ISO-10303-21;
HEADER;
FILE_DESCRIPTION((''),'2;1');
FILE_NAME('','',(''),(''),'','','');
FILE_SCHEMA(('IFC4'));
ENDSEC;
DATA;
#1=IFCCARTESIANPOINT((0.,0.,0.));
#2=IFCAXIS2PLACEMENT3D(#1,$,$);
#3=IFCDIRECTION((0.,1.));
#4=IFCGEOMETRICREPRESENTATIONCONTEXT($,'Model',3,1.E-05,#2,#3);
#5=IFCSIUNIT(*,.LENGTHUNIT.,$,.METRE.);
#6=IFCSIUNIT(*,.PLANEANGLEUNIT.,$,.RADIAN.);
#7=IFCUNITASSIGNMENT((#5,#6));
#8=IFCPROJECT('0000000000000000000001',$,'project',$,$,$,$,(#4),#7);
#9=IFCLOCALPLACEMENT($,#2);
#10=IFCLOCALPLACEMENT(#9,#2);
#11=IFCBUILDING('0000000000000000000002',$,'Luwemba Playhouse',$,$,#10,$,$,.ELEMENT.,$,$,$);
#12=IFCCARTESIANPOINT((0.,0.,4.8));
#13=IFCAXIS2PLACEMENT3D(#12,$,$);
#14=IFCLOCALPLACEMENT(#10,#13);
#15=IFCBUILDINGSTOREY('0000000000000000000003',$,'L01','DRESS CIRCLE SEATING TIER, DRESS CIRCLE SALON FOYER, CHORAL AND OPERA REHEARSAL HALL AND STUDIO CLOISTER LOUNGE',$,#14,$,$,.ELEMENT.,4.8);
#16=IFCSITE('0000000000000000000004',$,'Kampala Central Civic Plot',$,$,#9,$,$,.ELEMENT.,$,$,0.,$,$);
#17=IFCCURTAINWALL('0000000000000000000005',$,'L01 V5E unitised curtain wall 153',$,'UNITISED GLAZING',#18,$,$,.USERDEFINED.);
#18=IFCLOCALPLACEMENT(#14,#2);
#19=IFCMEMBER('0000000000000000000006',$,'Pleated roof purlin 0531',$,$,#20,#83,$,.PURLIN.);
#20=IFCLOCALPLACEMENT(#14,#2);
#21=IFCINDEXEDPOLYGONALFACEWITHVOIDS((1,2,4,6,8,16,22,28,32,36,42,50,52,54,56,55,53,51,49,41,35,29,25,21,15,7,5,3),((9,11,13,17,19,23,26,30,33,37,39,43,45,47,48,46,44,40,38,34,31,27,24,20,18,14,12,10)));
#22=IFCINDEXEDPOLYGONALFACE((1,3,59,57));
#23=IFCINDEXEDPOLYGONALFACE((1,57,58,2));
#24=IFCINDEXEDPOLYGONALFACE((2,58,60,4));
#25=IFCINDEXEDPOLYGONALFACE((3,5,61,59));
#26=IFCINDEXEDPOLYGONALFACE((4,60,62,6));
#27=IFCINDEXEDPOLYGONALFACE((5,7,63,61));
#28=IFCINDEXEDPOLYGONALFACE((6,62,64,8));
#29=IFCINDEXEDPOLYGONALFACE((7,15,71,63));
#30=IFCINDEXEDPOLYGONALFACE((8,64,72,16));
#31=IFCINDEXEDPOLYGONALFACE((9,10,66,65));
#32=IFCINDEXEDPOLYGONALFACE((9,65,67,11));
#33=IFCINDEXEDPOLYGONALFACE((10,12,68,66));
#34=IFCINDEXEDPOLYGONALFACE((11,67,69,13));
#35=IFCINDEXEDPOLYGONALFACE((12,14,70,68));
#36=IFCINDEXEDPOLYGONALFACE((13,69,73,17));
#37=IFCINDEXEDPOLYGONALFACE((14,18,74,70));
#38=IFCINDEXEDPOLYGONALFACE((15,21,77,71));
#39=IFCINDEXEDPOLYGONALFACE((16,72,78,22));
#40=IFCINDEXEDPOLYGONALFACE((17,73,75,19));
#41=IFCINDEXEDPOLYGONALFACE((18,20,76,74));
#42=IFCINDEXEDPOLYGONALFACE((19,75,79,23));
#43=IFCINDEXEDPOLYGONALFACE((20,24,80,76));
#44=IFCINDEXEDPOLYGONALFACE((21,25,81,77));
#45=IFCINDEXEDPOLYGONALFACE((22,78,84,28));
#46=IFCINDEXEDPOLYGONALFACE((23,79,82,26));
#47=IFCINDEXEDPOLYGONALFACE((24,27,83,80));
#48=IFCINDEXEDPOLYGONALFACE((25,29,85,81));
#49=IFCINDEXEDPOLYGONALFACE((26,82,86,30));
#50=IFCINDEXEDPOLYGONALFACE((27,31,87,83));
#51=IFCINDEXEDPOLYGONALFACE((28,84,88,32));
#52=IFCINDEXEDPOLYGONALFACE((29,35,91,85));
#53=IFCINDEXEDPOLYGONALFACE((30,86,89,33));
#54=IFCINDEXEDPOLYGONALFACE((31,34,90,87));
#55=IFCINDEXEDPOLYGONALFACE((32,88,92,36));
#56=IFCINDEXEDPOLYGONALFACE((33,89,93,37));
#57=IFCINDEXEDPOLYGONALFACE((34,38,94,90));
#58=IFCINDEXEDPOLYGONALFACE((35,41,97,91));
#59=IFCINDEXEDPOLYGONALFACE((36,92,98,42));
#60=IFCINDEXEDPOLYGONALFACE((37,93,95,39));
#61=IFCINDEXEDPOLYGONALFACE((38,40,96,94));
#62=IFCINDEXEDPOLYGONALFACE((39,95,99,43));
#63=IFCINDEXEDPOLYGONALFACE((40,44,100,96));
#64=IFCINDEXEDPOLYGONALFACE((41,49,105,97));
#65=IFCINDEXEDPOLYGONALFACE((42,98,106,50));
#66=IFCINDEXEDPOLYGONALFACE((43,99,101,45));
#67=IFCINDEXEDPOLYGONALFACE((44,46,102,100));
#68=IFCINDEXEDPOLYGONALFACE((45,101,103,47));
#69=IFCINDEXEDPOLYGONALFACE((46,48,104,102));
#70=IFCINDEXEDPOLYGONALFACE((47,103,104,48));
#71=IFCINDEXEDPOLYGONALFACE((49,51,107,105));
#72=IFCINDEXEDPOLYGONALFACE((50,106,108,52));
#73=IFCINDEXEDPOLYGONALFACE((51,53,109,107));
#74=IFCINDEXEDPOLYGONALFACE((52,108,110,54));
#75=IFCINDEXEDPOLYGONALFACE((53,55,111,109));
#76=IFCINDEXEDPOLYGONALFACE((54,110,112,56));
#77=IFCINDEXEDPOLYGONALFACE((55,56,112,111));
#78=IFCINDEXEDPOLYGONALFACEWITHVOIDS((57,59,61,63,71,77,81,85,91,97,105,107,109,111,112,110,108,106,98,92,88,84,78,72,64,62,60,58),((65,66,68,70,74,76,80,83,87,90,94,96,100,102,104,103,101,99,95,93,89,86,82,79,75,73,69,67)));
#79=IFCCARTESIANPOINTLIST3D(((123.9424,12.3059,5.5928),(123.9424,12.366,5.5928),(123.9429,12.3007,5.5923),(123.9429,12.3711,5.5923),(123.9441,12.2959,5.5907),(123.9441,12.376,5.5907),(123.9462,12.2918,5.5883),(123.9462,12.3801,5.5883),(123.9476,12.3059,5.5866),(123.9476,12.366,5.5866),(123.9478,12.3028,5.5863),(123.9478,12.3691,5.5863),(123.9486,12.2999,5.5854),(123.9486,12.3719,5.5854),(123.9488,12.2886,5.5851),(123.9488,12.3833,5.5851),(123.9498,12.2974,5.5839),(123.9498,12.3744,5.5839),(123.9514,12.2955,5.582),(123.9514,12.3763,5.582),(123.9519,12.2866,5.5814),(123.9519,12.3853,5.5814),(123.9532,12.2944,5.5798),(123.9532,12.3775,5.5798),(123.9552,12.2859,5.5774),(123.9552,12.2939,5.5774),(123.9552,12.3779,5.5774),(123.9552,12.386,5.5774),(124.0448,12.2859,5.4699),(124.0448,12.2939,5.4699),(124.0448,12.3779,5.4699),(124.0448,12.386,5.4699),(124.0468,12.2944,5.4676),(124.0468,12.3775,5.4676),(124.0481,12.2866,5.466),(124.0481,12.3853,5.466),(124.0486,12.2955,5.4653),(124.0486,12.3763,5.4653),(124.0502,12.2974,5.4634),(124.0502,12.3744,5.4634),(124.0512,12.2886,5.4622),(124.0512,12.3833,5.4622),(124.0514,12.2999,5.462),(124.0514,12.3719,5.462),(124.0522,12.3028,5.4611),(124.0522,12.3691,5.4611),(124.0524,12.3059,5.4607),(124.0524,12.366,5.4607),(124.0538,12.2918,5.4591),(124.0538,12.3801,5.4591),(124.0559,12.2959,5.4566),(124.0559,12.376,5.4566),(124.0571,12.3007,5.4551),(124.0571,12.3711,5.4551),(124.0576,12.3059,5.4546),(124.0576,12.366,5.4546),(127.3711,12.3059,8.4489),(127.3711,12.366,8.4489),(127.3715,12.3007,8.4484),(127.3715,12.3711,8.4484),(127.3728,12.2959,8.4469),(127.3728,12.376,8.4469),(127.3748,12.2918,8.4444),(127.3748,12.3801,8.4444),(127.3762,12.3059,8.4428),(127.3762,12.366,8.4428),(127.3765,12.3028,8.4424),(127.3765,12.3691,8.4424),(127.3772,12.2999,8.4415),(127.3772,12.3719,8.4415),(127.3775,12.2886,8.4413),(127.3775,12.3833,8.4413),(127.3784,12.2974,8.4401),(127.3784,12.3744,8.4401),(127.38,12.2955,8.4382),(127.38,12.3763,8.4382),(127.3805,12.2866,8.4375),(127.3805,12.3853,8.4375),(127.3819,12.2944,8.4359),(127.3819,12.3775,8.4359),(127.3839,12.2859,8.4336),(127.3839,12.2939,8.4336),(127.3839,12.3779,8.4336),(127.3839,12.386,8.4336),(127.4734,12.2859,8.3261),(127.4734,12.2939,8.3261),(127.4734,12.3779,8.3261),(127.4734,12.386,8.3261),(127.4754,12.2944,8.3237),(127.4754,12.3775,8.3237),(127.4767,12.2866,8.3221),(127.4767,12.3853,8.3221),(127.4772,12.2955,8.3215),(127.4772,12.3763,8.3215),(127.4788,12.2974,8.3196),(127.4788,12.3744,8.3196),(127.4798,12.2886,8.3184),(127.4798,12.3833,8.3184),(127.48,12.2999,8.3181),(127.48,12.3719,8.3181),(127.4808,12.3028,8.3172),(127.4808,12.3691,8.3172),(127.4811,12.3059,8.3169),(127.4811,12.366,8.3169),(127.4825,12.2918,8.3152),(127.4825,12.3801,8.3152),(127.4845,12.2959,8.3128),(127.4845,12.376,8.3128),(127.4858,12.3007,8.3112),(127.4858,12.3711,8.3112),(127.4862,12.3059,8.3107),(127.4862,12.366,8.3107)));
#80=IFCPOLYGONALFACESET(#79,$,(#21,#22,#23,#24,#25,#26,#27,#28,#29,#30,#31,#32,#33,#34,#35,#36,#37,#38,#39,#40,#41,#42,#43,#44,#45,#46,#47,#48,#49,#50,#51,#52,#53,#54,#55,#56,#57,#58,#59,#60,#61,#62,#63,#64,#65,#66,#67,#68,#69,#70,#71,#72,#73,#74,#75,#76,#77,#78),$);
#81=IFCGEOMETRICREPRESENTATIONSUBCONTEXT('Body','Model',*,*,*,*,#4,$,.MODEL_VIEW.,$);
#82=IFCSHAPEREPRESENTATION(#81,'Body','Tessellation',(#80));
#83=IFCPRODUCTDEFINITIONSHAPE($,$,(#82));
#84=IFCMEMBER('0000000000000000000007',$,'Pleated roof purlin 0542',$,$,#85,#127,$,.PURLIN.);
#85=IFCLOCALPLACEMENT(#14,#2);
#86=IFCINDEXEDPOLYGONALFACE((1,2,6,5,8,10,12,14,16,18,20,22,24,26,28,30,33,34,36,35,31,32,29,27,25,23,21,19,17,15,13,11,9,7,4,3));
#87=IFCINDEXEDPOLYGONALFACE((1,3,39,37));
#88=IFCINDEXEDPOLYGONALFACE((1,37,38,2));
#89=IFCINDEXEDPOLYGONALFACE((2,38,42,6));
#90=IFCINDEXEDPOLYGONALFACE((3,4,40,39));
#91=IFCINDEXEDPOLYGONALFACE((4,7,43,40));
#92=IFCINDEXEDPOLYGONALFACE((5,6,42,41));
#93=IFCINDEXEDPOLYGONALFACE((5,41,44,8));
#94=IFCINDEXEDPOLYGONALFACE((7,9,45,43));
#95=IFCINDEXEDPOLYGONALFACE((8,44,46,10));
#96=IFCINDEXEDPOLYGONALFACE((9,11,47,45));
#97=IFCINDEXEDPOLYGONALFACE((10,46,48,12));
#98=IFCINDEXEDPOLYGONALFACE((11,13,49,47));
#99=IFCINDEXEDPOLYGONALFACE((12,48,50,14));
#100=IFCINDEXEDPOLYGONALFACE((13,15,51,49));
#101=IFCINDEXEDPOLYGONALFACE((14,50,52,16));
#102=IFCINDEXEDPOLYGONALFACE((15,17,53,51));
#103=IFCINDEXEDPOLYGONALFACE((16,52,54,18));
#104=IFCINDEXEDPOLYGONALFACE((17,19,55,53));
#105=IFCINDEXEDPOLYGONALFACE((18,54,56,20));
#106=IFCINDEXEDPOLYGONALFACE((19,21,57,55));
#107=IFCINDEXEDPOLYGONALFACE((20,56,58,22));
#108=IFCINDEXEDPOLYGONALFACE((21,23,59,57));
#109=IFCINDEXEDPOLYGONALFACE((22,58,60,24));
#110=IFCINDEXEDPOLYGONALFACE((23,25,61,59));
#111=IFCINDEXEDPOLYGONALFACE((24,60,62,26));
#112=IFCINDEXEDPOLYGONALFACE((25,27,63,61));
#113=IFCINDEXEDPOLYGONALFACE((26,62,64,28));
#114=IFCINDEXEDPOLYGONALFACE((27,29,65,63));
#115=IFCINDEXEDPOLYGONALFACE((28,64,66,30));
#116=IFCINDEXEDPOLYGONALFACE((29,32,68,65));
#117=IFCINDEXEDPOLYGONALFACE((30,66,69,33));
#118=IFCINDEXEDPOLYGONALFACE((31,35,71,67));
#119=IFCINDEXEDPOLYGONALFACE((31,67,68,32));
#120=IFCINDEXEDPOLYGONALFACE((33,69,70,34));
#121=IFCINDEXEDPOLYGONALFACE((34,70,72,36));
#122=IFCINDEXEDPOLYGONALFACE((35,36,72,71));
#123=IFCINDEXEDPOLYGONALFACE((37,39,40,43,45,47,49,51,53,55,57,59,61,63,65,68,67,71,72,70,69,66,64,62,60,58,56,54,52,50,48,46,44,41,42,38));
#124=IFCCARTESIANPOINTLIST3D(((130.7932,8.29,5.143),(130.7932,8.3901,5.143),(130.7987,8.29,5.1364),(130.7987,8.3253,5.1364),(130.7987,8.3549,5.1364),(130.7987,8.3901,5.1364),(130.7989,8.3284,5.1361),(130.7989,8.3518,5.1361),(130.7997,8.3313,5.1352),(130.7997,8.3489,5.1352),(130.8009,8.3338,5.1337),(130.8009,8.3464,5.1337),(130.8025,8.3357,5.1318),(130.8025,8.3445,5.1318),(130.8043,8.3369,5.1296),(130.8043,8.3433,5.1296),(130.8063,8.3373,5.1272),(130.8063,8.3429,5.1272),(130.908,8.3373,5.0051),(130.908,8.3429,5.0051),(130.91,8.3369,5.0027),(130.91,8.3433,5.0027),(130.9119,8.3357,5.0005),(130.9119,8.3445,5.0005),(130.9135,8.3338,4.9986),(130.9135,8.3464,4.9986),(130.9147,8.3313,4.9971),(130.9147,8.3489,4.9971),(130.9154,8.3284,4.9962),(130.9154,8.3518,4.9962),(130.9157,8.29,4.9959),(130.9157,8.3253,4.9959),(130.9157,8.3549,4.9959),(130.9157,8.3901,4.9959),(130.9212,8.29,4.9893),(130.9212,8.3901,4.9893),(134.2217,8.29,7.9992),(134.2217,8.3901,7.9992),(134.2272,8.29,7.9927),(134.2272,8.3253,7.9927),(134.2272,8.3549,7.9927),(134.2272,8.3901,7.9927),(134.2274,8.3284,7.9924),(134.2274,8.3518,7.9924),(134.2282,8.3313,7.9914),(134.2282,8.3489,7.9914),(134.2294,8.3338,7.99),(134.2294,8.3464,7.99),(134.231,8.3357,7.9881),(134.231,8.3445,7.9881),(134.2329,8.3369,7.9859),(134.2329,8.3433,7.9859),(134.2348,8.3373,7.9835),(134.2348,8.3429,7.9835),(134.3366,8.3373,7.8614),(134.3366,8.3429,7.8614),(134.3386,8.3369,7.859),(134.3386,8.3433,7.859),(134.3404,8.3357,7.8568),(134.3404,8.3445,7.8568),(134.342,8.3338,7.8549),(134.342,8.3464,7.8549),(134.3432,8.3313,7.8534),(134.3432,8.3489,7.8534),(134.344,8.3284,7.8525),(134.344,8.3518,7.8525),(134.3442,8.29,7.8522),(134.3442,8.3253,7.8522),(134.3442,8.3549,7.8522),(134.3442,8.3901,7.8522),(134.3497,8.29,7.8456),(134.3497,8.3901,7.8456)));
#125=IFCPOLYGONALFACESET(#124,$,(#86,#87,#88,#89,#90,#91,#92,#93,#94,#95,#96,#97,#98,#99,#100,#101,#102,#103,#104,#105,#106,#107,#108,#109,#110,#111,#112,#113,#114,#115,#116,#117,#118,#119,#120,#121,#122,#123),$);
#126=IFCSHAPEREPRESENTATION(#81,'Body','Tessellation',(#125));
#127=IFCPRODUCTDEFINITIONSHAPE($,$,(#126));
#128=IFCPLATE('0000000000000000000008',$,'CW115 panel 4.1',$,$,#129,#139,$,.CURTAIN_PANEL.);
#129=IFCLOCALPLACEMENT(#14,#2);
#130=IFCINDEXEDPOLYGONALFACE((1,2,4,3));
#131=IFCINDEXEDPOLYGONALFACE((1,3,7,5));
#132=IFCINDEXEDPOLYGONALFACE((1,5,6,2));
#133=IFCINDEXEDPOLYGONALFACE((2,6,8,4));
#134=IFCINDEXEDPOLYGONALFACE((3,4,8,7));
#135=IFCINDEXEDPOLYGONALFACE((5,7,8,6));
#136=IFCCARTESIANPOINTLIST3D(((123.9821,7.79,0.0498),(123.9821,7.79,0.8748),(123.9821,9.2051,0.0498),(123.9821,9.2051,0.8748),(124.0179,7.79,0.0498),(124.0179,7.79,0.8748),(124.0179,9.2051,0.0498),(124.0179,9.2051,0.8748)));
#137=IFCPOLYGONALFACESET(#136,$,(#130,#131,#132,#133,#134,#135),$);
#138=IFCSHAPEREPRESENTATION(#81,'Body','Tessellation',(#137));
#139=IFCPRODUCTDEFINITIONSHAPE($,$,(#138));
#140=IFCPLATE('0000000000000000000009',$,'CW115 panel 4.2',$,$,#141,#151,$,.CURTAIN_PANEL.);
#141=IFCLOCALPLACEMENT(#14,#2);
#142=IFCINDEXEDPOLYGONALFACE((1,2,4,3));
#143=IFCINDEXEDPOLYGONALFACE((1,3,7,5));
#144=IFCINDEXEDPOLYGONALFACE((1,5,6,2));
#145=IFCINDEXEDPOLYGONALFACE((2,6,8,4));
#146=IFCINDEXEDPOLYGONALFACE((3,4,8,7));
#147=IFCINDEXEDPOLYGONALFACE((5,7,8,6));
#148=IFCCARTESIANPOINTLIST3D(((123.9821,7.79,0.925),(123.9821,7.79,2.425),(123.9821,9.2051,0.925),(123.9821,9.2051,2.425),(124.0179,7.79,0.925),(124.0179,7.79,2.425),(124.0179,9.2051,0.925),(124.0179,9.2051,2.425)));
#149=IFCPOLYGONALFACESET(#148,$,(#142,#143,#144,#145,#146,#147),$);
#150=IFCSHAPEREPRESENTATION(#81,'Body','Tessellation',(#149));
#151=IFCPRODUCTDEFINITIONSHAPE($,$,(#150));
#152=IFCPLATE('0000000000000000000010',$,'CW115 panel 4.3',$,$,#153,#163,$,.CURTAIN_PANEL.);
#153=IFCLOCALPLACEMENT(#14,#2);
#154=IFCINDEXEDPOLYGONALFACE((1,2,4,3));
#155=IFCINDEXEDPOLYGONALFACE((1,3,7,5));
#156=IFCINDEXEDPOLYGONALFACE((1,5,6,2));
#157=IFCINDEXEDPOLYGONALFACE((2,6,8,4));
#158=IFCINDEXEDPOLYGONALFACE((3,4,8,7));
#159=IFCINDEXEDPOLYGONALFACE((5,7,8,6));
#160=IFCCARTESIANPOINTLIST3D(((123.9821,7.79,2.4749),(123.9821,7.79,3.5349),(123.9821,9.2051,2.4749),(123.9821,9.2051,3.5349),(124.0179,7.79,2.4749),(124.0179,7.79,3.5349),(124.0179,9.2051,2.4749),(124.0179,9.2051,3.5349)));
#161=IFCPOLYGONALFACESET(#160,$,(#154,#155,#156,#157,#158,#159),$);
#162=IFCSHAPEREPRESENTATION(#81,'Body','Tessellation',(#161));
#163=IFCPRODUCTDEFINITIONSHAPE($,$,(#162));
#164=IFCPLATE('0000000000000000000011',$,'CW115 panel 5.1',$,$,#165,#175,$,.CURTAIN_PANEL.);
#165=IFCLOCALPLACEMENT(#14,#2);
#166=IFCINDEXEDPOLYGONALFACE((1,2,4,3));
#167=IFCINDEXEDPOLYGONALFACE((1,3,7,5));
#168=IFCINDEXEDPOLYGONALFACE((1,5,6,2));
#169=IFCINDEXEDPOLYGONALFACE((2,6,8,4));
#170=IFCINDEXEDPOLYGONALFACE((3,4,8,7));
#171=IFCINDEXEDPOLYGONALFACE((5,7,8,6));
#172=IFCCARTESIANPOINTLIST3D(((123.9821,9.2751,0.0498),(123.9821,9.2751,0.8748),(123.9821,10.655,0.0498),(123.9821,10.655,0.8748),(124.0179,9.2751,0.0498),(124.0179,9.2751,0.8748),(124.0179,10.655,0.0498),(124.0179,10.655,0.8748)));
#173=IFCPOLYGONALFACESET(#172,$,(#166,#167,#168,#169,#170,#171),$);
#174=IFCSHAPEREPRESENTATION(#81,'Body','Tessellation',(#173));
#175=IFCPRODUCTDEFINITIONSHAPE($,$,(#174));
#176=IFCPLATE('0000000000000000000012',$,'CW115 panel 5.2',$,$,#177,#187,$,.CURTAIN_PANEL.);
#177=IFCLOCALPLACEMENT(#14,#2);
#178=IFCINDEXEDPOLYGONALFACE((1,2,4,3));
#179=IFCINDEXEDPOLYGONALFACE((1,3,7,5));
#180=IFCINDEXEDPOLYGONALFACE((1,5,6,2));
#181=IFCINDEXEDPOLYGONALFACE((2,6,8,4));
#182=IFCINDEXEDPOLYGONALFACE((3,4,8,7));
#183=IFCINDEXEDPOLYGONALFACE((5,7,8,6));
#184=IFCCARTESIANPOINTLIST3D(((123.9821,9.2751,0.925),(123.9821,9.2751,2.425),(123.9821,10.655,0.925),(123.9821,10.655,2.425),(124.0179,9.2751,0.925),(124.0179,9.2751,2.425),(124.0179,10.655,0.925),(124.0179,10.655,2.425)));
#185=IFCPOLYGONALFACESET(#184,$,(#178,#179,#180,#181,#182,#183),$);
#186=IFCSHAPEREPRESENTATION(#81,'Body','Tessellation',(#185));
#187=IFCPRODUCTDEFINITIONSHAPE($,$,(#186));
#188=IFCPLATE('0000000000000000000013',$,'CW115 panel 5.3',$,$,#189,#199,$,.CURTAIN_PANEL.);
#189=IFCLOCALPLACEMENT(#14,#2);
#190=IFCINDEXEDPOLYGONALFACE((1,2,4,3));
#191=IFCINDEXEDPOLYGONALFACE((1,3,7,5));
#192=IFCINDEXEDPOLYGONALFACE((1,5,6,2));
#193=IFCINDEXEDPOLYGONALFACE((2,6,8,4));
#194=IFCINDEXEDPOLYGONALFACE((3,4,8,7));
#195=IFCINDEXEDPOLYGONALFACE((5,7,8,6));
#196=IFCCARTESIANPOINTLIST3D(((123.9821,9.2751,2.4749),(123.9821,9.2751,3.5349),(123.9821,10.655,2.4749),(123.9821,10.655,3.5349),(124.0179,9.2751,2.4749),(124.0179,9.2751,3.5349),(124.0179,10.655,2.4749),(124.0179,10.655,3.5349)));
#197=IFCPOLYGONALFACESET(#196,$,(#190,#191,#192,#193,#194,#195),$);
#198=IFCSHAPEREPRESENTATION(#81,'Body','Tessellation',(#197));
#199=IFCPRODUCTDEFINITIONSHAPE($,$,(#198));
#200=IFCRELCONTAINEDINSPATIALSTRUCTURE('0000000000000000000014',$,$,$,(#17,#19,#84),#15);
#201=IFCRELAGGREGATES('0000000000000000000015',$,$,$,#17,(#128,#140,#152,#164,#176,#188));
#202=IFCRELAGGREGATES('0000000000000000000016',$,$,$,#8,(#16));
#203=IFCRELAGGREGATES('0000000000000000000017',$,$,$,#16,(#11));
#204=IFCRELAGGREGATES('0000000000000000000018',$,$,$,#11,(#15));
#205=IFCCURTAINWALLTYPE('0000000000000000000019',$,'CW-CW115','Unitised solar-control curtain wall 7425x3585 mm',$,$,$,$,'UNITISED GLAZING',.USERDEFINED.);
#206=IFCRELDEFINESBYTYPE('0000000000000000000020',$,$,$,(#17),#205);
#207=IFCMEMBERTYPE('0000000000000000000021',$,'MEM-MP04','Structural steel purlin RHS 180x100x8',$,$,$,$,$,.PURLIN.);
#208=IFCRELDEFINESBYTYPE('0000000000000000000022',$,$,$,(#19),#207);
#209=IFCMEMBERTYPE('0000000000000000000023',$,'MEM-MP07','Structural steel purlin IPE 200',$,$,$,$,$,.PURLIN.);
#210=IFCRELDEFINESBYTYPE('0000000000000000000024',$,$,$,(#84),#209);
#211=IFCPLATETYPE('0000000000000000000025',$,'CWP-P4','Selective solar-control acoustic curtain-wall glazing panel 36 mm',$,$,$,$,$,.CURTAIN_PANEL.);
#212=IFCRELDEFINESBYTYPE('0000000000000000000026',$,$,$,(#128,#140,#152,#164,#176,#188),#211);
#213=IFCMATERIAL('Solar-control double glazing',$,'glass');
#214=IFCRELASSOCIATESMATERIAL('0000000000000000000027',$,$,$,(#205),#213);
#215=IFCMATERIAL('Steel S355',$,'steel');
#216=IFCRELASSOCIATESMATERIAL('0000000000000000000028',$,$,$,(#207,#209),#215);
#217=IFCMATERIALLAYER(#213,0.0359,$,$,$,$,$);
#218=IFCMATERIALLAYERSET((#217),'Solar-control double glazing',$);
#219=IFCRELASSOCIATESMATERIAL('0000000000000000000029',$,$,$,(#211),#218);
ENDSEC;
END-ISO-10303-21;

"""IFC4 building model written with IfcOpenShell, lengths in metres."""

from ifc_helpers import new_model, si_unit, direction, frame, origin, origin_2d, place, context, subcontext, project, spatial, rectangle, hollow_rectangle, i_section, extrude, material, layer, layer_set, material_profile, profile_set, type_object, element, aggregate, save


model = new_model("IFC4")

# Units and contexts
model_context = context("Model", 3, precision=1e-05, world=origin(), true_north=direction((0.0, 1.0)))
body_context = subcontext(model_context, "Body", "Model", "MODEL_VIEW")
ifc_project = project(units=[si_unit("LENGTHUNIT", "METRE"), si_unit("PLANEANGLEUNIT", "RADIAN")], contexts=[model_context])

# Site, building, storey
site_placement = place(None, origin())
site = spatial("IfcSite", under=ifc_project, at=site_placement, Name="Kampala Central Civic Plot", CompositionType="ELEMENT", RefElevation=0.0)
building_placement = place(site_placement, origin())
building = spatial("IfcBuilding", under=site, at=building_placement, Name="Luwemba Playhouse", CompositionType="ELEMENT")
storey_placement = place(building_placement, frame((0.0, 0.0, 4.8)))
storey = spatial("IfcBuildingStorey", under=building, at=storey_placement, Name="L01", Description="DRESS CIRCLE SEATING TIER, DRESS CIRCLE SALON FOYER, CHORAL AND OPERA REHEARSAL HALL AND STUDIO CLOISTER LOUNGE", CompositionType="ELEMENT", Elevation=4.8)

# Shared definitions
ifc_material_1 = material(Name="Steel S355", Category="steel")

# Curtain wall
ifc_material_2 = material(Name="Solar-control double glazing", Category="glass")
curtain_wall_type = type_object("IfcCurtainWallType", Name="CW-CW115", Description="Unitised solar-control curtain wall 7425x3585 mm", ElementType="UNITISED GLAZING", PredefinedType="USERDEFINED", material=ifc_material_2)
curtain_wall_placement = place(storey_placement, origin())
curtain_wall = element("IfcCurtainWall", 1, at=curtain_wall_placement, inside=storey, type_object=curtain_wall_type, Name="L01 V5E unitised curtain wall 153", ObjectType="UNITISED GLAZING", PredefinedType="USERDEFINED")

# Members
ifc_material_profile_1 = material_profile(ifc_material_1, hollow_rectangle(XDim=0.1001, YDim=0.1799, WallThickness=0.0081, InnerFilletRadius=0.012, OuterFilletRadius=0.02, at=origin_2d()))
ifc_profile_set_1 = profile_set([ifc_material_profile_1], Name="Steel S355")
member_type_1 = type_object("IfcMemberType", Name="MEM-MP04", Description="Structural steel purlin RHS 180x100x8", PredefinedType="PURLIN", material=ifc_profile_set_1)
member_1_placement = place(storey_placement, frame((124.0, 12.3359, 5.5237), z_axis=(0.768338, 0.0, 0.640044), x_axis=(0.0, 1.0, 0.0)))
element("IfcMember", 2, at=member_1_placement, inside=storey, type_object=member_type_1, Name="Pleated roof purlin 0531", PredefinedType="PURLIN", context=body_context, shape_type="SweptSolid", body=[
    extrude(hollow_rectangle(XDim=0.1001, YDim=0.1799, WallThickness=0.0081, InnerFilletRadius=0.012, OuterFilletRadius=0.02, at=origin_2d()), origin(), (0.0, 0.0, 1.0), 4.4624),
])
ifc_material_profile_2 = material_profile(ifc_material_1, i_section(OverallWidth=0.1001, OverallDepth=0.2, WebThickness=0.0056, FlangeThickness=0.0085, FilletRadius=0.012, at=origin_2d()))
ifc_profile_set_2 = profile_set([ifc_material_profile_2], Name="Steel S355")
member_type_2 = type_object("IfcMemberType", Name="MEM-MP07", Description="Structural steel purlin IPE 200", PredefinedType="PURLIN", material=ifc_profile_set_2)
member_2_placement = place(storey_placement, frame((130.8572, 8.3401, 5.0662), z_axis=(0.768315, 0.0, 0.640071), x_axis=(0.0, 1.0, 0.0)))
element("IfcMember", 3, at=member_2_placement, inside=storey, type_object=member_type_2, Name="Pleated roof purlin 0542", PredefinedType="PURLIN", context=body_context, shape_type="SweptSolid", body=[
    extrude(i_section(OverallWidth=0.1001, OverallDepth=0.2, WebThickness=0.0056, FlangeThickness=0.0085, FilletRadius=0.012, at=origin_2d()), origin(), (0.0, 0.0, 1.0), 4.4624),
])

# Plates
ifc_layer_1 = layer(ifc_material_2, 0.0359)
ifc_layer_set_1 = layer_set([ifc_layer_1], Name="Solar-control double glazing")
plate_type = type_object("IfcPlateType", Name="CWP-P4", Description="Selective solar-control acoustic curtain-wall glazing panel 36 mm", PredefinedType="CURTAIN_PANEL", material=ifc_layer_set_1)
plate_1_placement = place(storey_placement, frame((124.0, 8.4976, 0.0498), z_axis=(0.0, 0.0, 1.0), x_axis=(0.0, 1.0, 0.0)))
plate_1 = element("IfcPlate", 4, at=plate_1_placement, type_object=plate_type, Name="CW115 panel 4.1", PredefinedType="CURTAIN_PANEL", context=body_context, shape_type="SweptSolid", body=[
    extrude(rectangle(XDim=1.415, YDim=0.0359, at=origin_2d()), origin(), (0.0, 0.0, 1.0), 0.825),
])
plate_2_placement = place(storey_placement, frame((124.0, 8.4976, 0.925), z_axis=(0.0, 0.0, 1.0), x_axis=(0.0, 1.0, 0.0)))
plate_2 = element("IfcPlate", 5, at=plate_2_placement, type_object=plate_type, Name="CW115 panel 4.2", PredefinedType="CURTAIN_PANEL", context=body_context, shape_type="SweptSolid", body=[
    extrude(rectangle(XDim=1.415, YDim=0.0359, at=origin_2d()), origin(), (0.0, 0.0, 1.0), 1.5),
])
plate_3_placement = place(storey_placement, frame((124.0, 8.4976, 2.4749), z_axis=(0.0, 0.0, 1.0), x_axis=(0.0, 1.0, 0.0)))
plate_3 = element("IfcPlate", 6, at=plate_3_placement, type_object=plate_type, Name="CW115 panel 4.3", PredefinedType="CURTAIN_PANEL", context=body_context, shape_type="SweptSolid", body=[
    extrude(rectangle(XDim=1.415, YDim=0.0359, at=origin_2d()), origin(), (0.0, 0.0, 1.0), 1.0601),
])
plate_4_placement = place(storey_placement, frame((124.0, 9.9651, 0.0498), z_axis=(0.0, 0.0, 1.0), x_axis=(0.0, 1.0, 0.0)))
plate_4 = element("IfcPlate", 7, at=plate_4_placement, type_object=plate_type, Name="CW115 panel 5.1", PredefinedType="CURTAIN_PANEL", context=body_context, shape_type="SweptSolid", body=[
    extrude(rectangle(XDim=1.3799, YDim=0.0359, at=origin_2d()), origin(), (0.0, 0.0, 1.0), 0.825),
])
plate_5_placement = place(storey_placement, frame((124.0, 9.9651, 0.925), z_axis=(0.0, 0.0, 1.0), x_axis=(0.0, 1.0, 0.0)))
plate_5 = element("IfcPlate", 8, at=plate_5_placement, type_object=plate_type, Name="CW115 panel 5.2", PredefinedType="CURTAIN_PANEL", context=body_context, shape_type="SweptSolid", body=[
    extrude(rectangle(XDim=1.3799, YDim=0.0359, at=origin_2d()), origin(), (0.0, 0.0, 1.0), 1.5),
])
plate_6_placement = place(storey_placement, frame((124.0, 9.9651, 2.4749), z_axis=(0.0, 0.0, 1.0), x_axis=(0.0, 1.0, 0.0)))
plate_6 = element("IfcPlate", 9, at=plate_6_placement, type_object=plate_type, Name="CW115 panel 5.3", PredefinedType="CURTAIN_PANEL", context=body_context, shape_type="SweptSolid", body=[
    extrude(rectangle(XDim=1.3799, YDim=0.0359, at=origin_2d()), origin(), (0.0, 0.0, 1.0), 1.0601),
])
aggregate(curtain_wall, [plate_1, plate_2, plate_3, plate_4, plate_5, plate_6])

save(model, "model.ifc")
